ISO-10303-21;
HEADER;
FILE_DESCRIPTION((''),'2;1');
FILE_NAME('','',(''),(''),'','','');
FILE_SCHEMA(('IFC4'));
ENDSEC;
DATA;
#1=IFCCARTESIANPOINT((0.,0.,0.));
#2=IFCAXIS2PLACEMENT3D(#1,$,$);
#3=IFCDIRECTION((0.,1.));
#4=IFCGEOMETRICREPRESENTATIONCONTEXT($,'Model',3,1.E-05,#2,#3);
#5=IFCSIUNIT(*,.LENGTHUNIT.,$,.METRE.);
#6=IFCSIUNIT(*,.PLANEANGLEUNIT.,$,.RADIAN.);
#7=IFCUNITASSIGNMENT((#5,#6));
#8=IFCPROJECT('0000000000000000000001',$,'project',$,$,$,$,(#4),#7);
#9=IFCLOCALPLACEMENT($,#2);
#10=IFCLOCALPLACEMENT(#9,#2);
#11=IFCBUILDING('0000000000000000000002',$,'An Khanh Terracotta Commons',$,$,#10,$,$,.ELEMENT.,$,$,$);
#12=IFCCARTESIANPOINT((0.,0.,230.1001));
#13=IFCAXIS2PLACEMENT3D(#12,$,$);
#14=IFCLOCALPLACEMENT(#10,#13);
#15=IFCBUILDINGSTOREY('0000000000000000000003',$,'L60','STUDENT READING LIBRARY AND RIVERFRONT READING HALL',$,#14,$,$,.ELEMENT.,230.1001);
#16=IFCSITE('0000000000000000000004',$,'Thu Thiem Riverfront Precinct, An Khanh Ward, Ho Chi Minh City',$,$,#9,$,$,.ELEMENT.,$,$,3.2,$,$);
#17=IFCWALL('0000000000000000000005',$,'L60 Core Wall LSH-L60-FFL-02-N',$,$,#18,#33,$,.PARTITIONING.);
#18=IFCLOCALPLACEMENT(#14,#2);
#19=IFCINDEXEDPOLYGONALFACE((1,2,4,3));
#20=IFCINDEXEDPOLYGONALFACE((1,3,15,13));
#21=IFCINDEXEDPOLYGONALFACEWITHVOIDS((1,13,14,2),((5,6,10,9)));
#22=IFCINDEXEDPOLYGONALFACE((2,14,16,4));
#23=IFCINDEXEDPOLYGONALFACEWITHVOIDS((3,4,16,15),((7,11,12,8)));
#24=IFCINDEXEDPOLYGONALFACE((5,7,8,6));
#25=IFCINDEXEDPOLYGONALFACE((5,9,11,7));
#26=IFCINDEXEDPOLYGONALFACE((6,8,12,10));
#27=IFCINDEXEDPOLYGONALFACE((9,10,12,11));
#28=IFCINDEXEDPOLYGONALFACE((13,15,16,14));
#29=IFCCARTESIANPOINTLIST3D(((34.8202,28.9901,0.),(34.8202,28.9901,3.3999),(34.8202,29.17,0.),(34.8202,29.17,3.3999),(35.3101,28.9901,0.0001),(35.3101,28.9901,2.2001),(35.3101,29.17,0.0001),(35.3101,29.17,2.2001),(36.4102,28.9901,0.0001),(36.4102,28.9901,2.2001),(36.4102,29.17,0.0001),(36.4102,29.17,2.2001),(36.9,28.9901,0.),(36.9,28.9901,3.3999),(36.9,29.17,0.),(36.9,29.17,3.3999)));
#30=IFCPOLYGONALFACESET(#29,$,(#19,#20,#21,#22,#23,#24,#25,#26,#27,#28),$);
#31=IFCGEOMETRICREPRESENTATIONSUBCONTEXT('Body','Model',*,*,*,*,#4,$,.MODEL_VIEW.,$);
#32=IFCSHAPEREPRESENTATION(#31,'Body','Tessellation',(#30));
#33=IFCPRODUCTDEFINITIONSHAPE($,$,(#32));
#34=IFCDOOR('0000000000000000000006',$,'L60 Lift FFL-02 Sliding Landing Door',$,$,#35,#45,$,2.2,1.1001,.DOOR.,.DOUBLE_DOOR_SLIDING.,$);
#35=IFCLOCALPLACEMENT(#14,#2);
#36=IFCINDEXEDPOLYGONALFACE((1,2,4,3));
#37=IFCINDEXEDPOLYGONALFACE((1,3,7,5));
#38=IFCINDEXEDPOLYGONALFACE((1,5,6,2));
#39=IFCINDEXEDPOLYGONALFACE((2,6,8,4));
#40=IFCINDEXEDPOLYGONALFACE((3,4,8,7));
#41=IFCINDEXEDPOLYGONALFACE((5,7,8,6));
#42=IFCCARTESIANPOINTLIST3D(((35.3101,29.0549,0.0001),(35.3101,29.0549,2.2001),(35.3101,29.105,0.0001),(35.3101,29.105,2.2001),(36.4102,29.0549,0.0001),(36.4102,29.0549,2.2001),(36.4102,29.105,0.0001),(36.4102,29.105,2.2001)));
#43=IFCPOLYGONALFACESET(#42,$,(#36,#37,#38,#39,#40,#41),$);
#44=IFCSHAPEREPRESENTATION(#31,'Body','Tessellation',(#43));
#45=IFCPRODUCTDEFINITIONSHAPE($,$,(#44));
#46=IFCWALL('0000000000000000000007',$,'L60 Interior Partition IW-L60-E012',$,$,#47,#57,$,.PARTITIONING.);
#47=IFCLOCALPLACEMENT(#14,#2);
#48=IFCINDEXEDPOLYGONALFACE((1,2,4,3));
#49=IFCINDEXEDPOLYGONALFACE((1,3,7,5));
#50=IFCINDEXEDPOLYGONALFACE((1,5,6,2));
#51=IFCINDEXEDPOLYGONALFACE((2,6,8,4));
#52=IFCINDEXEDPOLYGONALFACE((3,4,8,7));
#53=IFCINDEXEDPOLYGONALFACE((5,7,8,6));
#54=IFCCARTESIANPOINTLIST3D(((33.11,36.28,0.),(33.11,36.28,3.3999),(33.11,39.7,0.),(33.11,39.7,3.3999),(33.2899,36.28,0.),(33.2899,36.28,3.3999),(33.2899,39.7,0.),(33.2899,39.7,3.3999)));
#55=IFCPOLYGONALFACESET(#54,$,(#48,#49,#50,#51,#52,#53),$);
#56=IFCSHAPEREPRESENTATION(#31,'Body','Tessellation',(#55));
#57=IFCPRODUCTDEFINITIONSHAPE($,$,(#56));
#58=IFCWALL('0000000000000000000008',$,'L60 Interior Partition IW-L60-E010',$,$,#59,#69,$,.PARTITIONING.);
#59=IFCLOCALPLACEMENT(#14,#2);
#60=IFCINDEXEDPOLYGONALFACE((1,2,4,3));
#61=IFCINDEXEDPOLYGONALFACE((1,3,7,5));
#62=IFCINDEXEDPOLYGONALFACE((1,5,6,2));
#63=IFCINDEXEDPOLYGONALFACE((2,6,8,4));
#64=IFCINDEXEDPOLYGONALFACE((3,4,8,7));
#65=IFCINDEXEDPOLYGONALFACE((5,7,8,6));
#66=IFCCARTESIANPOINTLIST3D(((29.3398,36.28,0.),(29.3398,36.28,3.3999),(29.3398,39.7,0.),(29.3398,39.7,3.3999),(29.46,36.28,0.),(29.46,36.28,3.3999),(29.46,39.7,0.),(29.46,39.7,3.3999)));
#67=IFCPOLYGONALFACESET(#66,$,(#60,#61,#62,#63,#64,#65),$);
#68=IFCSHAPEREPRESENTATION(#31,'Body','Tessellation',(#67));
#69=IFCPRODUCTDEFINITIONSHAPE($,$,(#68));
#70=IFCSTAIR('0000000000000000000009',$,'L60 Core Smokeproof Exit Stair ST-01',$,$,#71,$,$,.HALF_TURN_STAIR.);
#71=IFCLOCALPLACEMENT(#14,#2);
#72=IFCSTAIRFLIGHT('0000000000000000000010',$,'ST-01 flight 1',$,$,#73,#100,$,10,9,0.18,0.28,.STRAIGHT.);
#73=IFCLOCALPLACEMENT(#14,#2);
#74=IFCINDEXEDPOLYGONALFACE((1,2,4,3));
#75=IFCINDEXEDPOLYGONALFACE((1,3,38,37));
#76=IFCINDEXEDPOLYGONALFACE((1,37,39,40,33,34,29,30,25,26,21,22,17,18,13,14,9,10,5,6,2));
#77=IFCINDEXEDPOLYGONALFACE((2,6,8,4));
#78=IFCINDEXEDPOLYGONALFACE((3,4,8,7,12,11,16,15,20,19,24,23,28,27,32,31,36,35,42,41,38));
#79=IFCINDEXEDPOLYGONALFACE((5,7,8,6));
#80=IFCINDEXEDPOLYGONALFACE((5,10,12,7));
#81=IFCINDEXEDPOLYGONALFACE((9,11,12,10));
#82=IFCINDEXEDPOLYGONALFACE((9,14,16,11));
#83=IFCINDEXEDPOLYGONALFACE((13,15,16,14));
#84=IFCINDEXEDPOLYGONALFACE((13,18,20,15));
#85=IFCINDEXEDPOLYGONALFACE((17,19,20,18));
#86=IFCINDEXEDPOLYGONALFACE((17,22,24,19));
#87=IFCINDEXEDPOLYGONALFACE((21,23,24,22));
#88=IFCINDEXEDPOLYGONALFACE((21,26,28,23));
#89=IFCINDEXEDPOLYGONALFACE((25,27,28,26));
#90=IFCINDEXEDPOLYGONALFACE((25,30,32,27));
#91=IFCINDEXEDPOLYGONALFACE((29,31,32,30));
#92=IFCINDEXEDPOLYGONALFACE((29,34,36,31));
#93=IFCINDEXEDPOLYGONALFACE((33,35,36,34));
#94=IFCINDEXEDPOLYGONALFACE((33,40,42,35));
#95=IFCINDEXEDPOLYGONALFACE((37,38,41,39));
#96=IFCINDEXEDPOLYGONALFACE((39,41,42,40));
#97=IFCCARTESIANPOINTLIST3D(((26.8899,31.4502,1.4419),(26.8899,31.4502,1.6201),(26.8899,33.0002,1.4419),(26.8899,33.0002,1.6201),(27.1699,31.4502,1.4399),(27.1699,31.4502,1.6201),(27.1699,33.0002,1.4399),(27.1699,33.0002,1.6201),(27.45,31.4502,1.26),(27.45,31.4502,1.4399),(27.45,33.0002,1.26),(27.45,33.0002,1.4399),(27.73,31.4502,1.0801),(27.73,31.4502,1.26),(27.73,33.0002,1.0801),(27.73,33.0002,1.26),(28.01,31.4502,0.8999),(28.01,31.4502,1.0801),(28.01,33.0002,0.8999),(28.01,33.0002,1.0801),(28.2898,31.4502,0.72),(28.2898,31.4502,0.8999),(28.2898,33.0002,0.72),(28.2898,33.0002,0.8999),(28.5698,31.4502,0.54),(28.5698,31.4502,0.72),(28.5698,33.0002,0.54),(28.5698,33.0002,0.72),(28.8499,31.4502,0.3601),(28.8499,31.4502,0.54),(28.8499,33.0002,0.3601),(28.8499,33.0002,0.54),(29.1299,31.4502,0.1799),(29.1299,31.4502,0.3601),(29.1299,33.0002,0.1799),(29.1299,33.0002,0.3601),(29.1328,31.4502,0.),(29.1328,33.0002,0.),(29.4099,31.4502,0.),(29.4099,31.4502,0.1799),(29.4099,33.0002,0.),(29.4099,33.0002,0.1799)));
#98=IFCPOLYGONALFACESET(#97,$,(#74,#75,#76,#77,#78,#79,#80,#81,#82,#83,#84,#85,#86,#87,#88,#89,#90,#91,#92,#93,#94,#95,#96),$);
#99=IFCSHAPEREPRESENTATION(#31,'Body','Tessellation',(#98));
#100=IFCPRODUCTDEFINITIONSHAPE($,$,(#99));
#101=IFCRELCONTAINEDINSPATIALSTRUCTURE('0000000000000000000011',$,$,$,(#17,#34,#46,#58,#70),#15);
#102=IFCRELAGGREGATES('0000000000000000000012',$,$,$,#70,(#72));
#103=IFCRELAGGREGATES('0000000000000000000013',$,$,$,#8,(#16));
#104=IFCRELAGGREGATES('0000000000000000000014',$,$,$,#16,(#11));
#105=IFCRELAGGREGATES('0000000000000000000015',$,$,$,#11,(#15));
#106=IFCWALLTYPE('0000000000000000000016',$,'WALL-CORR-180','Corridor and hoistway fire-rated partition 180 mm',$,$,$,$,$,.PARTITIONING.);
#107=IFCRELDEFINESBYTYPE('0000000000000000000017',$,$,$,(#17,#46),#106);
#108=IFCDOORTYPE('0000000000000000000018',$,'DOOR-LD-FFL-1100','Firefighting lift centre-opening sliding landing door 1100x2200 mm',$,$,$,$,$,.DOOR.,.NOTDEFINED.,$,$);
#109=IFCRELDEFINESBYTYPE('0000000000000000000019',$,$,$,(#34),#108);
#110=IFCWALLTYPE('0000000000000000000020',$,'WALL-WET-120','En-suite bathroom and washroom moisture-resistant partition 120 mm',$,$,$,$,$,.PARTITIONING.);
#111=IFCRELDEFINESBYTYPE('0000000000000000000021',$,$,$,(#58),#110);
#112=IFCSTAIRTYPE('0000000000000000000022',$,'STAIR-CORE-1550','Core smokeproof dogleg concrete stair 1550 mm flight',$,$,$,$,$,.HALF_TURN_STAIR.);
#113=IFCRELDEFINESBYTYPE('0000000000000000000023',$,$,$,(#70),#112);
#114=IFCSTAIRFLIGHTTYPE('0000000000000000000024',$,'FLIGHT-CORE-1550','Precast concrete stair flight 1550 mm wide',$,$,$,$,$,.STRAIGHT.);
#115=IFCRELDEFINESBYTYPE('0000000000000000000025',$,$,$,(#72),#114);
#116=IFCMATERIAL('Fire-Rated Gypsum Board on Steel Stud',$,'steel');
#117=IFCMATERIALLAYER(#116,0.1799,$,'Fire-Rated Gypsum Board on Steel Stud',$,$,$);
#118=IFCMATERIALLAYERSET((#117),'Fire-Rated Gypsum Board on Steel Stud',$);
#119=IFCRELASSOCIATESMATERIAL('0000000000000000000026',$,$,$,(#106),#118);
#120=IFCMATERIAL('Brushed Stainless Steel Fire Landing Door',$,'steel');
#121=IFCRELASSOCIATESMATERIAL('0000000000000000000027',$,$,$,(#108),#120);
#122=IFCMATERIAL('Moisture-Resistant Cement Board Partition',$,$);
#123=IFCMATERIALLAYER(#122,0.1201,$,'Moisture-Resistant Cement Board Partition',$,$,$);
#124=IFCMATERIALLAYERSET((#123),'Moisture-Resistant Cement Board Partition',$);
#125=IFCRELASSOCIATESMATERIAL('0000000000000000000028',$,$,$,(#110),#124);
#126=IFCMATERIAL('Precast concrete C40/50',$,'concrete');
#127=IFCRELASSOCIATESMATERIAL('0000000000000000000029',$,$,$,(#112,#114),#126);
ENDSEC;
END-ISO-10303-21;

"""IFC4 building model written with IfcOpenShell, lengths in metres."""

from ifc_helpers import new_model, si_unit, direction, frame, frame_2d, origin, place, context, subcontext, project, spatial, polyline, rectangle, outline, extrude, material, layer, layer_set, type_object, element, fill, aggregate, save


model = new_model("IFC4")

# Units and contexts
model_context = context("Model", 3, precision=1e-05, world=origin(), true_north=direction((0.0, 1.0)))
body_context = subcontext(model_context, "Body", "Model", "MODEL_VIEW")
ifc_project = project(units=[si_unit("LENGTHUNIT", "METRE"), si_unit("PLANEANGLEUNIT", "RADIAN")], contexts=[model_context])

# Site, building, storey
site_placement = place(None, origin())
site = spatial("IfcSite", under=ifc_project, at=site_placement, Name="Thu Thiem Riverfront Precinct, An Khanh Ward, Ho Chi Minh City", CompositionType="ELEMENT", RefElevation=3.2)
building_placement = place(site_placement, origin())
building = spatial("IfcBuilding", under=site, at=building_placement, Name="An Khanh Terracotta Commons", CompositionType="ELEMENT")
storey_placement = place(building_placement, frame((0.0, 0.0, 230.1001)))
storey = spatial("IfcBuildingStorey", under=building, at=storey_placement, Name="L60", Description="STUDENT READING LIBRARY AND RIVERFRONT READING HALL", CompositionType="ELEMENT", Elevation=230.1001)

# Shared definitions
ifc_material_1 = material(Name="Fire-Rated Gypsum Board on Steel Stud", Category="steel")
ifc_layer_1 = layer(ifc_material_1, 0.1799, Name="Fire-Rated Gypsum Board on Steel Stud")
ifc_layer_set_1 = layer_set([ifc_layer_1], Name="Fire-Rated Gypsum Board on Steel Stud")
wall_type_1 = type_object("IfcWallType", Name="WALL-CORR-180", Description="Corridor and hoistway fire-rated partition 180 mm", PredefinedType="PARTITIONING", material=ifc_layer_set_1)

# Wall, opening, door
wall_1_placement = place(storey_placement, frame((34.8201, 29.0801, 0.0), z_axis=(0.0, 0.0, 1.0), x_axis=(1.0, 0.0, 0.0)))
wall_1 = element("IfcWall", 1, at=wall_1_placement, inside=storey, type_object=wall_type_1, Name="L60 Core Wall LSH-L60-FFL-02-N", PredefinedType="PARTITIONING", context=body_context, shape_type="SweptSolid", body=[
    extrude(rectangle(XDim=2.0798, YDim=0.1799, at=frame_2d((1.04, 0.0))), origin(), (0.0, 0.0, 1.0), 3.3999),
])
opening_1_placement = place(wall_1_placement, frame((0.49, 0.0, 0.0)))
opening_1 = element("IfcOpeningElement", 2, at=opening_1_placement, cuts=wall_1, PredefinedType="OPENING", context=body_context, shape_type="SweptSolid", body=[
    extrude(rectangle(XDim=1.1001, YDim=2.2, at=frame_2d((0.55, 1.1001))), frame((0.0, 0.0999, 0.0), z_axis=(0.0, -1.0, 0.0), x_axis=(1.0, 0.0, 0.0)), (0.0, 0.0, 1.0), 0.2),
])
ifc_material_2 = material(Name="Brushed Stainless Steel Fire Landing Door", Category="steel")
door_type_1 = type_object("IfcDoorType", Name="DOOR-LD-FFL-1100", Description="Firefighting lift centre-opening sliding landing door 1100x2200 mm", OperationType="NOTDEFINED", PredefinedType="DOOR", material=ifc_material_2)
door_1_placement = place(opening_1_placement, origin())
door_1 = element("IfcDoor", 3, at=door_1_placement, inside=storey, type_object=door_type_1, Name="L60 Lift FFL-02 Sliding Landing Door", OperationType="DOUBLE_DOOR_SLIDING", OverallHeight=2.2, OverallWidth=1.1001, PredefinedType="DOOR", context=body_context, shape_type="SweptSolid", body=[
    extrude(rectangle(XDim=1.1001, YDim=2.2, at=frame_2d((0.55, 1.1001))), frame((0.0, 0.0249, 0.0), z_axis=(0.0, -1.0, 0.0), x_axis=(1.0, 0.0, 0.0)), (0.0, 0.0, 1.0), 0.05),
])
fill(opening_1, door_1)

# Wall
wall_2_placement = place(storey_placement, frame((33.2, 36.28, 0.0), z_axis=(0.0, 0.0, 1.0), x_axis=(0.0, 1.0, 0.0)))
element("IfcWall", 4, at=wall_2_placement, inside=storey, type_object=wall_type_1, Name="L60 Interior Partition IW-L60-E012", PredefinedType="PARTITIONING", context=body_context, shape_type="SweptSolid", body=[
    extrude(rectangle(XDim=3.4199, YDim=0.1799, at=frame_2d((1.71, 0.0))), origin(), (0.0, 0.0, 1.0), 3.3999),
])

# Wall
ifc_material_3 = material(Name="Moisture-Resistant Cement Board Partition")
ifc_layer_2 = layer(ifc_material_3, 0.1201, Name="Moisture-Resistant Cement Board Partition")
ifc_layer_set_2 = layer_set([ifc_layer_2], Name="Moisture-Resistant Cement Board Partition")
wall_type_2 = type_object("IfcWallType", Name="WALL-WET-120", Description="En-suite bathroom and washroom moisture-resistant partition 120 mm", PredefinedType="PARTITIONING", material=ifc_layer_set_2)
wall_3_placement = place(storey_placement, frame((29.3999, 36.28, 0.0), z_axis=(0.0, 0.0, 1.0), x_axis=(0.0, 1.0, 0.0)))
element("IfcWall", 5, at=wall_3_placement, inside=storey, type_object=wall_type_2, Name="L60 Interior Partition IW-L60-E010", PredefinedType="PARTITIONING", context=body_context, shape_type="SweptSolid", body=[
    extrude(rectangle(XDim=3.4199, YDim=0.1201, at=frame_2d((1.71, 0.0))), origin(), (0.0, 0.0, 1.0), 3.3999),
])

# Stair, stair flight
ifc_material_4 = material(Name="Precast concrete C40/50", Category="concrete")
stair_type = type_object("IfcStairType", Name="STAIR-CORE-1550", Description="Core smokeproof dogleg concrete stair 1550 mm flight", PredefinedType="HALF_TURN_STAIR", material=ifc_material_4)
stair_placement = place(storey_placement, origin())
stair = element("IfcStair", 6, at=stair_placement, inside=storey, type_object=stair_type, Name="L60 Core Smokeproof Exit Stair ST-01", PredefinedType="HALF_TURN_STAIR")
stair_flight_type = type_object("IfcStairFlightType", Name="FLIGHT-CORE-1550", Description="Precast concrete stair flight 1550 mm wide", PredefinedType="STRAIGHT", material=ifc_material_4)
stair_flight_placement = place(storey_placement, frame((29.4099, 32.2251, 0.0), z_axis=(0.0, 0.0, 1.0), x_axis=(-1.0, 0.0, 0.0)))
stair_flight = element("IfcStairFlight", 7, at=stair_flight_placement, type_object=stair_flight_type, Name="ST-01 flight 1", NumberOfRisers=10, NumberOfTreads=9, PredefinedType="STRAIGHT", RiserHeight=0.18, TreadLength=0.28, context=body_context, shape_type="SweptSolid", body=[
    extrude(outline(polyline([(0.0, 0.0), (0.0, 0.1799), (0.28, 0.1799), (0.28, 0.3601), (0.5601, 0.3601), (0.5601, 0.54), (0.8401, 0.54), (0.8401, 0.72), (1.1201, 0.72), (1.1201, 0.8999), (1.3999, 0.8999), (1.3999, 1.0801), (1.6799, 1.0801), (1.6799, 1.26), (1.96, 1.26), (1.96, 1.4399), (2.24, 1.4399), (2.24, 1.6201), (2.52, 1.6201), (2.52, 1.8), (2.52, 1.4419), (0.2771, 0.0), (0.0, 0.0)])), frame((0.0, 0.7749, 0.0), z_axis=(0.0, -1.0, 0.0), x_axis=(1.0, 0.0, 0.0)), (0.0, 0.0, 1.0), 1.55),
])
aggregate(stair, [stair_flight])

save(model, "model.ifc")
